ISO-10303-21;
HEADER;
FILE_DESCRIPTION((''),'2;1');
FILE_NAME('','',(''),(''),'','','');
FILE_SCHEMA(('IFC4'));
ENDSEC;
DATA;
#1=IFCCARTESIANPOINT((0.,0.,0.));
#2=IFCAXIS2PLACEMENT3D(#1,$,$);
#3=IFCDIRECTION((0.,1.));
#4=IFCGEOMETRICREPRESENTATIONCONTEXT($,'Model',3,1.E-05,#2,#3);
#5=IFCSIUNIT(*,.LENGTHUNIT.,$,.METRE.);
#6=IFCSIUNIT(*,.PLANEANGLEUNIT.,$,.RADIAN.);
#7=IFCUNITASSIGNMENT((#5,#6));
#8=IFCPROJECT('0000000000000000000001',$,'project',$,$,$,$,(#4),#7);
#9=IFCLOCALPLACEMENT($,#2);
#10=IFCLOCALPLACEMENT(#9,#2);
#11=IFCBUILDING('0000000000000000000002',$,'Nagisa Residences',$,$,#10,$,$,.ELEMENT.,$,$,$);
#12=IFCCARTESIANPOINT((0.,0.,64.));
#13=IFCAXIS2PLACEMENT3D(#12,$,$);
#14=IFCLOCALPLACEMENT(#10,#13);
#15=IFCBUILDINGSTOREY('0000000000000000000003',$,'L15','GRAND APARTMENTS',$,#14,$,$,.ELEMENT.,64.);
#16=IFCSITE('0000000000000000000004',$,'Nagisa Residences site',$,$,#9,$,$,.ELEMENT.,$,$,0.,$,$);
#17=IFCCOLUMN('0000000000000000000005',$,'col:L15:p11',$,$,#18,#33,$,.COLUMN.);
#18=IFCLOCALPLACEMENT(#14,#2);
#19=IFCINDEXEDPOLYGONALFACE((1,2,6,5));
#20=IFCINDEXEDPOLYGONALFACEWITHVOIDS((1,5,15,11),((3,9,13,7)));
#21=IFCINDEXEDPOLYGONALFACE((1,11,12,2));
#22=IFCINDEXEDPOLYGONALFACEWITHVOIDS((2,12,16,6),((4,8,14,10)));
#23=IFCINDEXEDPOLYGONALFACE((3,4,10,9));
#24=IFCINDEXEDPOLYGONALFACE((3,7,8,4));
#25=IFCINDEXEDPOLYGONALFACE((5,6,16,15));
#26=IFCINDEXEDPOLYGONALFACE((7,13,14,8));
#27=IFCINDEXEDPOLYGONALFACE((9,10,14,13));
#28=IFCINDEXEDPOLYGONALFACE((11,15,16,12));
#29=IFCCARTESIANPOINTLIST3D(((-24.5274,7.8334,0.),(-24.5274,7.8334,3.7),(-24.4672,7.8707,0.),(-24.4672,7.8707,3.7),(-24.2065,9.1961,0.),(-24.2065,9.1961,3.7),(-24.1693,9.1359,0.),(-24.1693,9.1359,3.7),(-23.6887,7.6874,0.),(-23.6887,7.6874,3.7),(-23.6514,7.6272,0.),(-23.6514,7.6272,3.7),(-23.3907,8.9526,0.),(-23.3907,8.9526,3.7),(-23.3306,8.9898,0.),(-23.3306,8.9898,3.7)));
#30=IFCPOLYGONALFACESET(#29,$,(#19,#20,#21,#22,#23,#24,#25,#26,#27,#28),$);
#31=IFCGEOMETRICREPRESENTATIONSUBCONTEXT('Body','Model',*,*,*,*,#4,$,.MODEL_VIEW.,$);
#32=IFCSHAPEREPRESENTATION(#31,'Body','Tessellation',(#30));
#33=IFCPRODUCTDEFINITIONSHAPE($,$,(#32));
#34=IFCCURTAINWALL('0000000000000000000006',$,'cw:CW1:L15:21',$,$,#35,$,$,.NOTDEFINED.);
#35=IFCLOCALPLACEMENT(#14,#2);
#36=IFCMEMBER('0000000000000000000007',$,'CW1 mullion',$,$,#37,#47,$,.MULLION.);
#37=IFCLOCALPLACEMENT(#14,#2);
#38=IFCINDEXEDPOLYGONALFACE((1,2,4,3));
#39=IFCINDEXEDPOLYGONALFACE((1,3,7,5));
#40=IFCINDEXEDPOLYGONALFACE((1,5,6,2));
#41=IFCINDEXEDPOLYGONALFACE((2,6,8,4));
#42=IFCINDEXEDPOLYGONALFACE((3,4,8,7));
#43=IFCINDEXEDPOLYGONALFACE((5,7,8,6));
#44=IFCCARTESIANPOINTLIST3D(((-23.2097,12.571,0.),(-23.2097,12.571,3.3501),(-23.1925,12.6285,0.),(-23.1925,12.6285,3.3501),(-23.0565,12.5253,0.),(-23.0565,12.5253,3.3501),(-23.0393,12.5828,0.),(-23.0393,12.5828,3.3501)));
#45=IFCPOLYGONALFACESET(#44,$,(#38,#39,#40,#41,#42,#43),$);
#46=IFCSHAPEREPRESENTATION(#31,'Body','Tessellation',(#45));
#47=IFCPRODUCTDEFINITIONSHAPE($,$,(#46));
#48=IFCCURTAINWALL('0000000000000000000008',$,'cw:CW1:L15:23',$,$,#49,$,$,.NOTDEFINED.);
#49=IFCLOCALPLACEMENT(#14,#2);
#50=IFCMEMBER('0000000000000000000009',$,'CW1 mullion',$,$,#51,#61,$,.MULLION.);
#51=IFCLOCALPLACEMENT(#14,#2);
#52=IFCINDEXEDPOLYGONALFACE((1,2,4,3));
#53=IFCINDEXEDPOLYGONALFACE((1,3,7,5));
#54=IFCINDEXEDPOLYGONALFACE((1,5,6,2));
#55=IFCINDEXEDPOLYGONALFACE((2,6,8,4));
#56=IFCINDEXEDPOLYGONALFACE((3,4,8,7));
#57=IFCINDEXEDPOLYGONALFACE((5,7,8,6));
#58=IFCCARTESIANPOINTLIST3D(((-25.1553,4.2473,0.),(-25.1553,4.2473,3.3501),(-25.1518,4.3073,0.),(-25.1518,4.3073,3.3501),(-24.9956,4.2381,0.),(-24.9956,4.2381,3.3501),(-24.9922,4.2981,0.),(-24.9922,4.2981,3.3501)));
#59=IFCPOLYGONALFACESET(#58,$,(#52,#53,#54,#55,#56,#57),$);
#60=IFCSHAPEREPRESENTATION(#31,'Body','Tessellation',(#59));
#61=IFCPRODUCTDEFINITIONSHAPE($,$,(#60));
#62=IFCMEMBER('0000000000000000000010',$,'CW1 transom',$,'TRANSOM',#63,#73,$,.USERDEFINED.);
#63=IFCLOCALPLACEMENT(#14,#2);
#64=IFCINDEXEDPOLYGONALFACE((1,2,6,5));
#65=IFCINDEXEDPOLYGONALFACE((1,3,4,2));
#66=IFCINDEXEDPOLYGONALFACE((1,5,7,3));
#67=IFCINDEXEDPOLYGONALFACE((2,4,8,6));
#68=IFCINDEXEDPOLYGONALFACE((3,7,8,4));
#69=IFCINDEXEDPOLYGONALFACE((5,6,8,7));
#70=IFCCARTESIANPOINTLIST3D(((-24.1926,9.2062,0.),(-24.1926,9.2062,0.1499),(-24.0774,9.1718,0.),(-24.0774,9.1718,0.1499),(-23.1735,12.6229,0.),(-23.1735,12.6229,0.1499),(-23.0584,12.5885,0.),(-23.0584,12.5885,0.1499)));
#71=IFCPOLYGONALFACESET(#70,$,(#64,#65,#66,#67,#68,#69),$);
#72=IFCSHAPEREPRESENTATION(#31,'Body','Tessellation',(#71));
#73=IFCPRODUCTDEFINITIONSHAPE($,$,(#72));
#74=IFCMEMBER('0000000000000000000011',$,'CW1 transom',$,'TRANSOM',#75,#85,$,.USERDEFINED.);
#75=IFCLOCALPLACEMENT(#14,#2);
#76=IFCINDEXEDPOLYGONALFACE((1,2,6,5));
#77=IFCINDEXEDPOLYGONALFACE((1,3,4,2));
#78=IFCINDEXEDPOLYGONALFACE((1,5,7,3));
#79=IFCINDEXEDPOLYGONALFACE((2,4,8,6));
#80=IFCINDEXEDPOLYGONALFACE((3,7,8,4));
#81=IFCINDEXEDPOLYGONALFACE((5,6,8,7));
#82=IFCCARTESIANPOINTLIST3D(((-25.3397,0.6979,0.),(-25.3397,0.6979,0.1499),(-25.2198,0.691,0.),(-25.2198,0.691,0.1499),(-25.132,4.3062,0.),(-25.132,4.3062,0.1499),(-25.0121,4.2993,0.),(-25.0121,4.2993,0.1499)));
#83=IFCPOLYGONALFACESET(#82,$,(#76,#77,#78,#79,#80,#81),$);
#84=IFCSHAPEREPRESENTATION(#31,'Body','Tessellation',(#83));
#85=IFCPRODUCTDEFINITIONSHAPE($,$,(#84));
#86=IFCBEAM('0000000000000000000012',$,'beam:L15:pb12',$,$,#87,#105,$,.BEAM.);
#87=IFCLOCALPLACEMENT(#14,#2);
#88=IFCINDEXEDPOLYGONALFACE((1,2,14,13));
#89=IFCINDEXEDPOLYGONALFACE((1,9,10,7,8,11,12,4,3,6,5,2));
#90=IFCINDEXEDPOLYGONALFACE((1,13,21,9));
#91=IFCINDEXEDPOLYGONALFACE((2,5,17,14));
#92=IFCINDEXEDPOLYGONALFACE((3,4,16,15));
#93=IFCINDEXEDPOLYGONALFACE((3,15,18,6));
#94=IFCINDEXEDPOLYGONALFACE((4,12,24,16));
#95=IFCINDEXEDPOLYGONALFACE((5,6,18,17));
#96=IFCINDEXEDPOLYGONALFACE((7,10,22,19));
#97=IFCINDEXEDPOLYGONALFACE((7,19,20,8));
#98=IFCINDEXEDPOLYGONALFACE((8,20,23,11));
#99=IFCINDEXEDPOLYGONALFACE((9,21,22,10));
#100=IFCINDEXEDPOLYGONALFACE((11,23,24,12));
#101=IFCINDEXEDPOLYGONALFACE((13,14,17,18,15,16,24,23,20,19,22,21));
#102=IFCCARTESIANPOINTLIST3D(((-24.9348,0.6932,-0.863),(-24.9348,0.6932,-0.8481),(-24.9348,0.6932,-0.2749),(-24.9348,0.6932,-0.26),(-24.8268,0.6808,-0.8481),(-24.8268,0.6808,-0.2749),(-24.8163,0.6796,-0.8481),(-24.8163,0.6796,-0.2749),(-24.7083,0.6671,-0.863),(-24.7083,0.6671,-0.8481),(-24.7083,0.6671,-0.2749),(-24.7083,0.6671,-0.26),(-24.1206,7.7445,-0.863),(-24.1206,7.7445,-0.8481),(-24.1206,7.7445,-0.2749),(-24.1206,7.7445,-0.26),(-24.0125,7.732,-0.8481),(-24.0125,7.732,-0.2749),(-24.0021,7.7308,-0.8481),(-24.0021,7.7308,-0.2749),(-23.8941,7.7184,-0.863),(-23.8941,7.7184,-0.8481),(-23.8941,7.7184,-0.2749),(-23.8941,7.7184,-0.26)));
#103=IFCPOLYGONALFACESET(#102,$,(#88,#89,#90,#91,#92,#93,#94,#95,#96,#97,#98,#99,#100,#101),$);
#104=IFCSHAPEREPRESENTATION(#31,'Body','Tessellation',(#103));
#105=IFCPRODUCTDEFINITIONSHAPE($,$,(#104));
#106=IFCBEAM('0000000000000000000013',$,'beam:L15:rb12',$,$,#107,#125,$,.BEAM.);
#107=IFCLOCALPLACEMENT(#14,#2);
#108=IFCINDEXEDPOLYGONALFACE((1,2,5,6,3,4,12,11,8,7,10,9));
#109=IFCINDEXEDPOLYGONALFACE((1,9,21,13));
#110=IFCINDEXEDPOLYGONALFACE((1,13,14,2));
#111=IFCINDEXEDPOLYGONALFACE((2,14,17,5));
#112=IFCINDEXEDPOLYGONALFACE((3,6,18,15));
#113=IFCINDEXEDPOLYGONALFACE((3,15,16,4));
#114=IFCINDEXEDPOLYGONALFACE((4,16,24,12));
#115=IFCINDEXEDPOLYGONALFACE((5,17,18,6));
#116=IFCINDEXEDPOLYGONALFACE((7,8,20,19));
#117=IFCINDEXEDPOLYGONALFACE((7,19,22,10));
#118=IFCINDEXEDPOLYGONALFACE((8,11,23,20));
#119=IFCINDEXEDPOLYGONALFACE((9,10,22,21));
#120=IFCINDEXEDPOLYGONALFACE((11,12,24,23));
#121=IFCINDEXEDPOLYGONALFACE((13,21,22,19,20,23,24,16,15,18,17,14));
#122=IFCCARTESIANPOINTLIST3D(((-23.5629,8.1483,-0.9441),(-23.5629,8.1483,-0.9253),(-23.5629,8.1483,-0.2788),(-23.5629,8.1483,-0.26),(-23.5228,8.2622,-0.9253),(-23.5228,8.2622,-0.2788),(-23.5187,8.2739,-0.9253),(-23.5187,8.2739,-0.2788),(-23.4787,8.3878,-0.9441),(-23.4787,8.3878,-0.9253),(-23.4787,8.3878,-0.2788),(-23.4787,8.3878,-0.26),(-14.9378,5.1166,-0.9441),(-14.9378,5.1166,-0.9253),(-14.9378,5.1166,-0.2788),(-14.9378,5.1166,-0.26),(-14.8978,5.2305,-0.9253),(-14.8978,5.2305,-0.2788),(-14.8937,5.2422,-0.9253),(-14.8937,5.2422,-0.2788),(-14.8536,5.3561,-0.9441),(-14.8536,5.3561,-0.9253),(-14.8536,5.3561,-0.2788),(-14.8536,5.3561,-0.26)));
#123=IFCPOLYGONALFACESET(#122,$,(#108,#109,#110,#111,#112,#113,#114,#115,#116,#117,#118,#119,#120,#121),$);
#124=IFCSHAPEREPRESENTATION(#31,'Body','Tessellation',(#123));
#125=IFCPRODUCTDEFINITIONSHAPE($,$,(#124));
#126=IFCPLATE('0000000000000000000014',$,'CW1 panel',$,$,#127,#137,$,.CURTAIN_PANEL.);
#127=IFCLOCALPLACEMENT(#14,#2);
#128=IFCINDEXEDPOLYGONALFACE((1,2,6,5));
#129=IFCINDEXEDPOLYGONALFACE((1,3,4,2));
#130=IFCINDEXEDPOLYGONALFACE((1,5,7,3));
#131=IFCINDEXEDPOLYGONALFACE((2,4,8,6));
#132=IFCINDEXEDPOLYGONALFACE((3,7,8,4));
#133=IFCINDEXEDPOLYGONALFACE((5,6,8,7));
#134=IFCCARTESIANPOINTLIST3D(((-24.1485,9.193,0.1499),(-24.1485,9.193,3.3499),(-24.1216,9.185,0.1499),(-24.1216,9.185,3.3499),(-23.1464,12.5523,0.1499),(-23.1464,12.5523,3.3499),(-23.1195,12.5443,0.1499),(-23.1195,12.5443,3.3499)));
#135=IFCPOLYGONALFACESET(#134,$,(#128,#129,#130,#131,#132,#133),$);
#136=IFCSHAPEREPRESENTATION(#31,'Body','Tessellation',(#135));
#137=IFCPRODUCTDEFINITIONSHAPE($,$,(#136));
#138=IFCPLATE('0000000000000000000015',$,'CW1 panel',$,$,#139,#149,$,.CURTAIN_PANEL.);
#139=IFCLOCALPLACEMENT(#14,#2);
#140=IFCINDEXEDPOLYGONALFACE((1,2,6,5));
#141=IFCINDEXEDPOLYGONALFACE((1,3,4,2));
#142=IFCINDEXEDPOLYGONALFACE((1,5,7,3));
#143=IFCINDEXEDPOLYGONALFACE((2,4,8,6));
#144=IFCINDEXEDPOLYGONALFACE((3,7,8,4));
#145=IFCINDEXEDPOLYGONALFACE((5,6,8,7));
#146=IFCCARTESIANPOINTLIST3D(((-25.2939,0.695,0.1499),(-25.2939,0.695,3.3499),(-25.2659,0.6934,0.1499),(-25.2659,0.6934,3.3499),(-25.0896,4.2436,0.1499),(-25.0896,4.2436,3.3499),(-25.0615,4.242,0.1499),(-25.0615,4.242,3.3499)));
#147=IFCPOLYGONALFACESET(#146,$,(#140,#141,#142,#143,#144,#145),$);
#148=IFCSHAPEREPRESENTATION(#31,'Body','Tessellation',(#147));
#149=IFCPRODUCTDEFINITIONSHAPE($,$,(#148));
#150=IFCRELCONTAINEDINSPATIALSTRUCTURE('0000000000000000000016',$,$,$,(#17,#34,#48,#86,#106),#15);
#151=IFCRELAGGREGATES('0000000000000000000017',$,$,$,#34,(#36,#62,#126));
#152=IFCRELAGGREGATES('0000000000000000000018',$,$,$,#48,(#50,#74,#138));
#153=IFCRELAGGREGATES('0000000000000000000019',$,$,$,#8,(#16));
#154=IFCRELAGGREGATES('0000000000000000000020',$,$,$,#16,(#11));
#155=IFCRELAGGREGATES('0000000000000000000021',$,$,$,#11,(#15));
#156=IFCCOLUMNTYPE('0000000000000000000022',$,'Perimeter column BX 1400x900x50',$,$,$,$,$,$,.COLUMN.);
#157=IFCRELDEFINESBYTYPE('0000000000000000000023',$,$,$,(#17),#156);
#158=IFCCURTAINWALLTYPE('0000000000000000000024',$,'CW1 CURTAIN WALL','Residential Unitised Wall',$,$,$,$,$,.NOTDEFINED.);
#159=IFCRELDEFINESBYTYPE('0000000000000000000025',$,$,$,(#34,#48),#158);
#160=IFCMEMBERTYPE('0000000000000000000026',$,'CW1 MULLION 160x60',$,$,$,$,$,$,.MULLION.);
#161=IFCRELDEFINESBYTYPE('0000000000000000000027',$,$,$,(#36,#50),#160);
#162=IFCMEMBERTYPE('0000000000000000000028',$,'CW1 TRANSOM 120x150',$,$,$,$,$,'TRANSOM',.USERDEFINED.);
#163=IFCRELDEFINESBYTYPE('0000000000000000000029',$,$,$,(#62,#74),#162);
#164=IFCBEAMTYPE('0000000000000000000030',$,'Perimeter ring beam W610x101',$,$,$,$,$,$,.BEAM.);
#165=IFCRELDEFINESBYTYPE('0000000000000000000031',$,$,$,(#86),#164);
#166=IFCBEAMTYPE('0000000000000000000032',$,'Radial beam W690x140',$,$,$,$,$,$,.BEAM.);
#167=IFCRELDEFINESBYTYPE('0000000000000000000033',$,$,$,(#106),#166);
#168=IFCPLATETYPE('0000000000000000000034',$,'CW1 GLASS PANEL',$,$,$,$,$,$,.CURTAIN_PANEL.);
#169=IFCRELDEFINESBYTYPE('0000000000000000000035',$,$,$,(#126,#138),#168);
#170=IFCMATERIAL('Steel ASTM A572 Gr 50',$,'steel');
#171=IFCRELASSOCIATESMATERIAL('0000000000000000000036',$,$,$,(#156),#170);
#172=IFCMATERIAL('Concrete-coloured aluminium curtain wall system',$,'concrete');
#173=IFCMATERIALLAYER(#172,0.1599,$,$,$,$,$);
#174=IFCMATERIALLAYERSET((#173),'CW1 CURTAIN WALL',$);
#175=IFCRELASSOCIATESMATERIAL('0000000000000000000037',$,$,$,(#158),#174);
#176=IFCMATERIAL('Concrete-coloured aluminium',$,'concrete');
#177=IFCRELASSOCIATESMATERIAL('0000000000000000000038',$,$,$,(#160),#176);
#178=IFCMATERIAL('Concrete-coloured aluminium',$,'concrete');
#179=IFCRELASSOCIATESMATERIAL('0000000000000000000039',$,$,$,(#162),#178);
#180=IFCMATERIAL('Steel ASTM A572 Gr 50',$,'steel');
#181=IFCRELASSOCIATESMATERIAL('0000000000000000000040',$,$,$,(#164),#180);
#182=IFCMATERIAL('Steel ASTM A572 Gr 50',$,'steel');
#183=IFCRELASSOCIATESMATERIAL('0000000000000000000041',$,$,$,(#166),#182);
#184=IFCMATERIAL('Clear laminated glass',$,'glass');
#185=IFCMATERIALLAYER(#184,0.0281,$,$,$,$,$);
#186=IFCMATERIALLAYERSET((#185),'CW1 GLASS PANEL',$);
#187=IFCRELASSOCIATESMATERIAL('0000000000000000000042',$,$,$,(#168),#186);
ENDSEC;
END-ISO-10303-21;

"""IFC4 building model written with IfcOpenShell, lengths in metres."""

from ifc_helpers import new_model, si_unit, direction, frame, origin, origin_2d, place, context, subcontext, project, spatial, rectangle, hollow_rectangle, i_section, extrude, material, layer, layer_set, material_profile, profile_set, type_object, element, aggregate, save


model = new_model("IFC4")

# Units and contexts
model_context = context("Model", 3, precision=1e-05, world=origin(), true_north=direction((0.0, 1.0)))
body_context = subcontext(model_context, "Body", "Model", "MODEL_VIEW")
ifc_project = project(units=[si_unit("LENGTHUNIT", "METRE"), si_unit("PLANEANGLEUNIT", "RADIAN")], contexts=[model_context])

# Site, building, storey
site_placement = place(None, origin())
site = spatial("IfcSite", under=ifc_project, at=site_placement, Name="Nagisa Residences site", CompositionType="ELEMENT", RefElevation=0.0)
building_placement = place(site_placement, origin())
building = spatial("IfcBuilding", under=site, at=building_placement, Name="Nagisa Residences", CompositionType="ELEMENT")
storey_placement = place(building_placement, frame((0.0, 0.0, 64.0)))
storey = spatial("IfcBuildingStorey", under=building, at=storey_placement, Name="L15", Description="GRAND APARTMENTS", CompositionType="ELEMENT", Elevation=64.0)

# Column
ifc_material_1 = material(Name="Steel ASTM A572 Gr 50", Category="steel")
ifc_material_profile_1 = material_profile(ifc_material_1, hollow_rectangle(XDim=1.3999, YDim=0.8999, WallThickness=0.05, at=origin_2d()), Name="BX 1400x900x50")
ifc_profile_set_1 = profile_set([ifc_material_profile_1], Name="Steel ASTM A572 Gr 50")
column_type = type_object("IfcColumnType", Name="Perimeter column BX 1400x900x50", PredefinedType="COLUMN", material=ifc_profile_set_1)
column_placement = place(storey_placement, frame((-23.929, 8.4116, 0.0), z_axis=(0.0, 0.0, 1.0), x_axis=(-0.229202, -0.973379, 0.0)))
element("IfcColumn", 1, at=column_placement, inside=storey, type_object=column_type, Name="col:L15:p11", PredefinedType="COLUMN", context=body_context, shape_type="SweptSolid", body=[
    extrude(hollow_rectangle(XDim=1.3999, YDim=0.8999, WallThickness=0.05, at=origin_2d()), origin(), (0.0, 0.0, 1.0), 3.7),
])

# Curtain walls, members
ifc_material_2 = material(Name="Concrete-coloured aluminium curtain wall system", Category="concrete")
ifc_layer_1 = layer(ifc_material_2, 0.1599)
ifc_layer_set_1 = layer_set([ifc_layer_1], Name="CW1 CURTAIN WALL")
curtain_wall_type = type_object("IfcCurtainWallType", Name="CW1 CURTAIN WALL", Description="Residential Unitised Wall", PredefinedType="NOTDEFINED", material=ifc_layer_set_1)
curtain_wall_1_placement = place(storey_placement, origin())
curtain_wall_1 = element("IfcCurtainWall", 2, at=curtain_wall_1_placement, inside=storey, type_object=curtain_wall_type, Name="cw:CW1:L15:21", PredefinedType="NOTDEFINED")
ifc_material_3 = material(Name="Concrete-coloured aluminium", Category="concrete")
ifc_material_profile_2 = material_profile(ifc_material_3, rectangle(XDim=0.1599, YDim=0.0601, at=origin_2d()), Name="CW1 MULLION 160x60")
ifc_profile_set_2 = profile_set([ifc_material_profile_2], Name="Concrete-coloured aluminium")
member_type_1 = type_object("IfcMemberType", Name="CW1 MULLION 160x60", PredefinedType="MULLION", material=ifc_profile_set_2)
member_1_placement = place(storey_placement, frame((-23.1245, 12.5769, 0.0), z_axis=(0.0, 0.0, 1.0), x_axis=(0.958271, -0.28586, 0.0)))
member_1 = element("IfcMember", 3, at=member_1_placement, type_object=member_type_1, Name="CW1 mullion", PredefinedType="MULLION", context=body_context, shape_type="SweptSolid", body=[
    extrude(rectangle(XDim=0.1599, YDim=0.0601, at=origin_2d()), origin(), (0.0, 0.0, 1.0), 3.3501),
])
curtain_wall_2_placement = place(storey_placement, origin())
curtain_wall_2 = element("IfcCurtainWall", 4, at=curtain_wall_2_placement, inside=storey, type_object=curtain_wall_type, Name="cw:CW1:L15:23", PredefinedType="NOTDEFINED")
member_2_placement = place(storey_placement, frame((-25.0737, 4.2727, 0.0), z_axis=(0.0, 0.0, 1.0), x_axis=(0.998345, -0.057503, 0.0)))
member_2 = element("IfcMember", 5, at=member_2_placement, type_object=member_type_1, Name="CW1 mullion", PredefinedType="MULLION", context=body_context, shape_type="SweptSolid", body=[
    extrude(rectangle(XDim=0.1599, YDim=0.0601, at=origin_2d()), origin(), (0.0, 0.0, 1.0), 3.3501),
])

# Members
ifc_material_4 = material(Name="Concrete-coloured aluminium", Category="concrete")
ifc_material_profile_3 = material_profile(ifc_material_4, rectangle(XDim=0.1201, YDim=0.1499, at=origin_2d()), Name="CW1 TRANSOM 120x150")
ifc_profile_set_3 = profile_set([ifc_material_profile_3], Name="Concrete-coloured aluminium")
member_type_2 = type_object("IfcMemberType", Name="CW1 TRANSOM 120x150", ElementType="TRANSOM", PredefinedType="USERDEFINED", material=ifc_profile_set_3)
member_3_placement = place(storey_placement, frame((-23.116, 12.6057, 0.075), z_axis=(-0.285808, -0.958287, 0.0), x_axis=(0.958287, -0.285808, 0.0)))
member_3 = element("IfcMember", 6, at=member_3_placement, type_object=member_type_2, Name="CW1 transom", ObjectType="TRANSOM", PredefinedType="USERDEFINED", context=body_context, shape_type="SweptSolid", body=[
    extrude(rectangle(XDim=0.1201, YDim=0.1499, at=origin_2d()), origin(), (0.0, 0.0, 1.0), 3.5654),
])
member_4_placement = place(storey_placement, frame((-25.072, 4.3027, 0.075), z_axis=(-0.057483, -0.998347, 0.0), x_axis=(0.998347, -0.057483, 0.0)))
member_4 = element("IfcMember", 7, at=member_4_placement, type_object=member_type_2, Name="CW1 transom", ObjectType="TRANSOM", PredefinedType="USERDEFINED", context=body_context, shape_type="SweptSolid", body=[
    extrude(rectangle(XDim=0.1201, YDim=0.1499, at=origin_2d()), origin(), (0.0, 0.0, 1.0), 3.6143),
])

# Beams
ifc_material_5 = material(Name="Steel ASTM A572 Gr 50", Category="steel")
ifc_material_profile_4 = material_profile(ifc_material_5, i_section(OverallWidth=0.228, OverallDepth=0.603, WebThickness=0.0105, FlangeThickness=0.0149, at=origin_2d()), Name="W610x101")
ifc_profile_set_4 = profile_set([ifc_material_profile_4], Name="Steel ASTM A572 Gr 50")
beam_type_1 = type_object("IfcBeamType", Name="Perimeter ring beam W610x101", PredefinedType="BEAM", material=ifc_profile_set_4)
beam_1_placement = place(storey_placement, frame((-24.0073, 7.7314, -0.5615), z_axis=(-0.114708, -0.993399, 0.0), x_axis=(0.993399, -0.114708, 0.0)))
element("IfcBeam", 8, at=beam_1_placement, inside=storey, type_object=beam_type_1, Name="beam:L15:pb12", PredefinedType="BEAM", context=body_context, shape_type="SweptSolid", body=[
    extrude(i_section(OverallWidth=0.228, OverallDepth=0.603, WebThickness=0.0105, FlangeThickness=0.0149, at=origin_2d()), origin(), (0.0, 0.0, 1.0), 7.0981),
])
ifc_material_6 = material(Name="Steel ASTM A572 Gr 50", Category="steel")
ifc_material_profile_5 = material_profile(ifc_material_6, i_section(OverallWidth=0.2539, OverallDepth=0.6841, WebThickness=0.0125, FlangeThickness=0.0188, at=origin_2d()), Name="W690x140")
ifc_profile_set_5 = profile_set([ifc_material_profile_5], Name="Steel ASTM A572 Gr 50")
beam_type_2 = type_object("IfcBeamType", Name="Radial beam W690x140", PredefinedType="BEAM", material=ifc_profile_set_5)
beam_2_placement = place(storey_placement, frame((-23.5208, 8.2681, -0.6021), z_axis=(0.943415, -0.331616, 0.0), x_axis=(0.331616, 0.943415, 0.0)))
element("IfcBeam", 9, at=beam_2_placement, inside=storey, type_object=beam_type_2, Name="beam:L15:rb12", PredefinedType="BEAM", context=body_context, shape_type="SweptSolid", body=[
    extrude(i_section(OverallWidth=0.2539, OverallDepth=0.6841, WebThickness=0.0125, FlangeThickness=0.0188, at=origin_2d()), origin(), (0.0, 0.0, 1.0), 9.1423),
])

# Plates
ifc_material_7 = material(Name="Clear laminated glass", Category="glass")
ifc_layer_2 = layer(ifc_material_7, 0.0281)
ifc_layer_set_2 = layer_set([ifc_layer_2], Name="CW1 GLASS PANEL")
plate_type = type_object("IfcPlateType", Name="CW1 GLASS PANEL", PredefinedType="CURTAIN_PANEL", material=ifc_layer_set_2)
plate_1_placement = place(storey_placement, frame((-23.634, 10.8687, 0.1499), z_axis=(0.0, 0.0, 1.0), x_axis=(-0.28586, -0.958271, 0.0)))
plate_1 = element("IfcPlate", 10, at=plate_1_placement, type_object=plate_type, Name="CW1 panel", PredefinedType="CURTAIN_PANEL", context=body_context, shape_type="SweptSolid", body=[
    extrude(rectangle(XDim=3.5056, YDim=0.0281, at=origin_2d()), origin(), (0.0, 0.0, 1.0), 3.2),
])
aggregate(curtain_wall_1, [member_1, member_3, plate_1])
plate_2_placement = place(storey_placement, frame((-25.1777, 2.4685, 0.1499), z_axis=(0.0, 0.0, 1.0), x_axis=(-0.057503, -0.998345, 0.0)))
plate_2 = element("IfcPlate", 11, at=plate_2_placement, type_object=plate_type, Name="CW1 panel", PredefinedType="CURTAIN_PANEL", context=body_context, shape_type="SweptSolid", body=[
    extrude(rectangle(XDim=3.5544, YDim=0.0281, at=origin_2d()), origin(), (0.0, 0.0, 1.0), 3.2),
])
aggregate(curtain_wall_2, [member_2, member_4, plate_2])

save(model, "model.ifc")
